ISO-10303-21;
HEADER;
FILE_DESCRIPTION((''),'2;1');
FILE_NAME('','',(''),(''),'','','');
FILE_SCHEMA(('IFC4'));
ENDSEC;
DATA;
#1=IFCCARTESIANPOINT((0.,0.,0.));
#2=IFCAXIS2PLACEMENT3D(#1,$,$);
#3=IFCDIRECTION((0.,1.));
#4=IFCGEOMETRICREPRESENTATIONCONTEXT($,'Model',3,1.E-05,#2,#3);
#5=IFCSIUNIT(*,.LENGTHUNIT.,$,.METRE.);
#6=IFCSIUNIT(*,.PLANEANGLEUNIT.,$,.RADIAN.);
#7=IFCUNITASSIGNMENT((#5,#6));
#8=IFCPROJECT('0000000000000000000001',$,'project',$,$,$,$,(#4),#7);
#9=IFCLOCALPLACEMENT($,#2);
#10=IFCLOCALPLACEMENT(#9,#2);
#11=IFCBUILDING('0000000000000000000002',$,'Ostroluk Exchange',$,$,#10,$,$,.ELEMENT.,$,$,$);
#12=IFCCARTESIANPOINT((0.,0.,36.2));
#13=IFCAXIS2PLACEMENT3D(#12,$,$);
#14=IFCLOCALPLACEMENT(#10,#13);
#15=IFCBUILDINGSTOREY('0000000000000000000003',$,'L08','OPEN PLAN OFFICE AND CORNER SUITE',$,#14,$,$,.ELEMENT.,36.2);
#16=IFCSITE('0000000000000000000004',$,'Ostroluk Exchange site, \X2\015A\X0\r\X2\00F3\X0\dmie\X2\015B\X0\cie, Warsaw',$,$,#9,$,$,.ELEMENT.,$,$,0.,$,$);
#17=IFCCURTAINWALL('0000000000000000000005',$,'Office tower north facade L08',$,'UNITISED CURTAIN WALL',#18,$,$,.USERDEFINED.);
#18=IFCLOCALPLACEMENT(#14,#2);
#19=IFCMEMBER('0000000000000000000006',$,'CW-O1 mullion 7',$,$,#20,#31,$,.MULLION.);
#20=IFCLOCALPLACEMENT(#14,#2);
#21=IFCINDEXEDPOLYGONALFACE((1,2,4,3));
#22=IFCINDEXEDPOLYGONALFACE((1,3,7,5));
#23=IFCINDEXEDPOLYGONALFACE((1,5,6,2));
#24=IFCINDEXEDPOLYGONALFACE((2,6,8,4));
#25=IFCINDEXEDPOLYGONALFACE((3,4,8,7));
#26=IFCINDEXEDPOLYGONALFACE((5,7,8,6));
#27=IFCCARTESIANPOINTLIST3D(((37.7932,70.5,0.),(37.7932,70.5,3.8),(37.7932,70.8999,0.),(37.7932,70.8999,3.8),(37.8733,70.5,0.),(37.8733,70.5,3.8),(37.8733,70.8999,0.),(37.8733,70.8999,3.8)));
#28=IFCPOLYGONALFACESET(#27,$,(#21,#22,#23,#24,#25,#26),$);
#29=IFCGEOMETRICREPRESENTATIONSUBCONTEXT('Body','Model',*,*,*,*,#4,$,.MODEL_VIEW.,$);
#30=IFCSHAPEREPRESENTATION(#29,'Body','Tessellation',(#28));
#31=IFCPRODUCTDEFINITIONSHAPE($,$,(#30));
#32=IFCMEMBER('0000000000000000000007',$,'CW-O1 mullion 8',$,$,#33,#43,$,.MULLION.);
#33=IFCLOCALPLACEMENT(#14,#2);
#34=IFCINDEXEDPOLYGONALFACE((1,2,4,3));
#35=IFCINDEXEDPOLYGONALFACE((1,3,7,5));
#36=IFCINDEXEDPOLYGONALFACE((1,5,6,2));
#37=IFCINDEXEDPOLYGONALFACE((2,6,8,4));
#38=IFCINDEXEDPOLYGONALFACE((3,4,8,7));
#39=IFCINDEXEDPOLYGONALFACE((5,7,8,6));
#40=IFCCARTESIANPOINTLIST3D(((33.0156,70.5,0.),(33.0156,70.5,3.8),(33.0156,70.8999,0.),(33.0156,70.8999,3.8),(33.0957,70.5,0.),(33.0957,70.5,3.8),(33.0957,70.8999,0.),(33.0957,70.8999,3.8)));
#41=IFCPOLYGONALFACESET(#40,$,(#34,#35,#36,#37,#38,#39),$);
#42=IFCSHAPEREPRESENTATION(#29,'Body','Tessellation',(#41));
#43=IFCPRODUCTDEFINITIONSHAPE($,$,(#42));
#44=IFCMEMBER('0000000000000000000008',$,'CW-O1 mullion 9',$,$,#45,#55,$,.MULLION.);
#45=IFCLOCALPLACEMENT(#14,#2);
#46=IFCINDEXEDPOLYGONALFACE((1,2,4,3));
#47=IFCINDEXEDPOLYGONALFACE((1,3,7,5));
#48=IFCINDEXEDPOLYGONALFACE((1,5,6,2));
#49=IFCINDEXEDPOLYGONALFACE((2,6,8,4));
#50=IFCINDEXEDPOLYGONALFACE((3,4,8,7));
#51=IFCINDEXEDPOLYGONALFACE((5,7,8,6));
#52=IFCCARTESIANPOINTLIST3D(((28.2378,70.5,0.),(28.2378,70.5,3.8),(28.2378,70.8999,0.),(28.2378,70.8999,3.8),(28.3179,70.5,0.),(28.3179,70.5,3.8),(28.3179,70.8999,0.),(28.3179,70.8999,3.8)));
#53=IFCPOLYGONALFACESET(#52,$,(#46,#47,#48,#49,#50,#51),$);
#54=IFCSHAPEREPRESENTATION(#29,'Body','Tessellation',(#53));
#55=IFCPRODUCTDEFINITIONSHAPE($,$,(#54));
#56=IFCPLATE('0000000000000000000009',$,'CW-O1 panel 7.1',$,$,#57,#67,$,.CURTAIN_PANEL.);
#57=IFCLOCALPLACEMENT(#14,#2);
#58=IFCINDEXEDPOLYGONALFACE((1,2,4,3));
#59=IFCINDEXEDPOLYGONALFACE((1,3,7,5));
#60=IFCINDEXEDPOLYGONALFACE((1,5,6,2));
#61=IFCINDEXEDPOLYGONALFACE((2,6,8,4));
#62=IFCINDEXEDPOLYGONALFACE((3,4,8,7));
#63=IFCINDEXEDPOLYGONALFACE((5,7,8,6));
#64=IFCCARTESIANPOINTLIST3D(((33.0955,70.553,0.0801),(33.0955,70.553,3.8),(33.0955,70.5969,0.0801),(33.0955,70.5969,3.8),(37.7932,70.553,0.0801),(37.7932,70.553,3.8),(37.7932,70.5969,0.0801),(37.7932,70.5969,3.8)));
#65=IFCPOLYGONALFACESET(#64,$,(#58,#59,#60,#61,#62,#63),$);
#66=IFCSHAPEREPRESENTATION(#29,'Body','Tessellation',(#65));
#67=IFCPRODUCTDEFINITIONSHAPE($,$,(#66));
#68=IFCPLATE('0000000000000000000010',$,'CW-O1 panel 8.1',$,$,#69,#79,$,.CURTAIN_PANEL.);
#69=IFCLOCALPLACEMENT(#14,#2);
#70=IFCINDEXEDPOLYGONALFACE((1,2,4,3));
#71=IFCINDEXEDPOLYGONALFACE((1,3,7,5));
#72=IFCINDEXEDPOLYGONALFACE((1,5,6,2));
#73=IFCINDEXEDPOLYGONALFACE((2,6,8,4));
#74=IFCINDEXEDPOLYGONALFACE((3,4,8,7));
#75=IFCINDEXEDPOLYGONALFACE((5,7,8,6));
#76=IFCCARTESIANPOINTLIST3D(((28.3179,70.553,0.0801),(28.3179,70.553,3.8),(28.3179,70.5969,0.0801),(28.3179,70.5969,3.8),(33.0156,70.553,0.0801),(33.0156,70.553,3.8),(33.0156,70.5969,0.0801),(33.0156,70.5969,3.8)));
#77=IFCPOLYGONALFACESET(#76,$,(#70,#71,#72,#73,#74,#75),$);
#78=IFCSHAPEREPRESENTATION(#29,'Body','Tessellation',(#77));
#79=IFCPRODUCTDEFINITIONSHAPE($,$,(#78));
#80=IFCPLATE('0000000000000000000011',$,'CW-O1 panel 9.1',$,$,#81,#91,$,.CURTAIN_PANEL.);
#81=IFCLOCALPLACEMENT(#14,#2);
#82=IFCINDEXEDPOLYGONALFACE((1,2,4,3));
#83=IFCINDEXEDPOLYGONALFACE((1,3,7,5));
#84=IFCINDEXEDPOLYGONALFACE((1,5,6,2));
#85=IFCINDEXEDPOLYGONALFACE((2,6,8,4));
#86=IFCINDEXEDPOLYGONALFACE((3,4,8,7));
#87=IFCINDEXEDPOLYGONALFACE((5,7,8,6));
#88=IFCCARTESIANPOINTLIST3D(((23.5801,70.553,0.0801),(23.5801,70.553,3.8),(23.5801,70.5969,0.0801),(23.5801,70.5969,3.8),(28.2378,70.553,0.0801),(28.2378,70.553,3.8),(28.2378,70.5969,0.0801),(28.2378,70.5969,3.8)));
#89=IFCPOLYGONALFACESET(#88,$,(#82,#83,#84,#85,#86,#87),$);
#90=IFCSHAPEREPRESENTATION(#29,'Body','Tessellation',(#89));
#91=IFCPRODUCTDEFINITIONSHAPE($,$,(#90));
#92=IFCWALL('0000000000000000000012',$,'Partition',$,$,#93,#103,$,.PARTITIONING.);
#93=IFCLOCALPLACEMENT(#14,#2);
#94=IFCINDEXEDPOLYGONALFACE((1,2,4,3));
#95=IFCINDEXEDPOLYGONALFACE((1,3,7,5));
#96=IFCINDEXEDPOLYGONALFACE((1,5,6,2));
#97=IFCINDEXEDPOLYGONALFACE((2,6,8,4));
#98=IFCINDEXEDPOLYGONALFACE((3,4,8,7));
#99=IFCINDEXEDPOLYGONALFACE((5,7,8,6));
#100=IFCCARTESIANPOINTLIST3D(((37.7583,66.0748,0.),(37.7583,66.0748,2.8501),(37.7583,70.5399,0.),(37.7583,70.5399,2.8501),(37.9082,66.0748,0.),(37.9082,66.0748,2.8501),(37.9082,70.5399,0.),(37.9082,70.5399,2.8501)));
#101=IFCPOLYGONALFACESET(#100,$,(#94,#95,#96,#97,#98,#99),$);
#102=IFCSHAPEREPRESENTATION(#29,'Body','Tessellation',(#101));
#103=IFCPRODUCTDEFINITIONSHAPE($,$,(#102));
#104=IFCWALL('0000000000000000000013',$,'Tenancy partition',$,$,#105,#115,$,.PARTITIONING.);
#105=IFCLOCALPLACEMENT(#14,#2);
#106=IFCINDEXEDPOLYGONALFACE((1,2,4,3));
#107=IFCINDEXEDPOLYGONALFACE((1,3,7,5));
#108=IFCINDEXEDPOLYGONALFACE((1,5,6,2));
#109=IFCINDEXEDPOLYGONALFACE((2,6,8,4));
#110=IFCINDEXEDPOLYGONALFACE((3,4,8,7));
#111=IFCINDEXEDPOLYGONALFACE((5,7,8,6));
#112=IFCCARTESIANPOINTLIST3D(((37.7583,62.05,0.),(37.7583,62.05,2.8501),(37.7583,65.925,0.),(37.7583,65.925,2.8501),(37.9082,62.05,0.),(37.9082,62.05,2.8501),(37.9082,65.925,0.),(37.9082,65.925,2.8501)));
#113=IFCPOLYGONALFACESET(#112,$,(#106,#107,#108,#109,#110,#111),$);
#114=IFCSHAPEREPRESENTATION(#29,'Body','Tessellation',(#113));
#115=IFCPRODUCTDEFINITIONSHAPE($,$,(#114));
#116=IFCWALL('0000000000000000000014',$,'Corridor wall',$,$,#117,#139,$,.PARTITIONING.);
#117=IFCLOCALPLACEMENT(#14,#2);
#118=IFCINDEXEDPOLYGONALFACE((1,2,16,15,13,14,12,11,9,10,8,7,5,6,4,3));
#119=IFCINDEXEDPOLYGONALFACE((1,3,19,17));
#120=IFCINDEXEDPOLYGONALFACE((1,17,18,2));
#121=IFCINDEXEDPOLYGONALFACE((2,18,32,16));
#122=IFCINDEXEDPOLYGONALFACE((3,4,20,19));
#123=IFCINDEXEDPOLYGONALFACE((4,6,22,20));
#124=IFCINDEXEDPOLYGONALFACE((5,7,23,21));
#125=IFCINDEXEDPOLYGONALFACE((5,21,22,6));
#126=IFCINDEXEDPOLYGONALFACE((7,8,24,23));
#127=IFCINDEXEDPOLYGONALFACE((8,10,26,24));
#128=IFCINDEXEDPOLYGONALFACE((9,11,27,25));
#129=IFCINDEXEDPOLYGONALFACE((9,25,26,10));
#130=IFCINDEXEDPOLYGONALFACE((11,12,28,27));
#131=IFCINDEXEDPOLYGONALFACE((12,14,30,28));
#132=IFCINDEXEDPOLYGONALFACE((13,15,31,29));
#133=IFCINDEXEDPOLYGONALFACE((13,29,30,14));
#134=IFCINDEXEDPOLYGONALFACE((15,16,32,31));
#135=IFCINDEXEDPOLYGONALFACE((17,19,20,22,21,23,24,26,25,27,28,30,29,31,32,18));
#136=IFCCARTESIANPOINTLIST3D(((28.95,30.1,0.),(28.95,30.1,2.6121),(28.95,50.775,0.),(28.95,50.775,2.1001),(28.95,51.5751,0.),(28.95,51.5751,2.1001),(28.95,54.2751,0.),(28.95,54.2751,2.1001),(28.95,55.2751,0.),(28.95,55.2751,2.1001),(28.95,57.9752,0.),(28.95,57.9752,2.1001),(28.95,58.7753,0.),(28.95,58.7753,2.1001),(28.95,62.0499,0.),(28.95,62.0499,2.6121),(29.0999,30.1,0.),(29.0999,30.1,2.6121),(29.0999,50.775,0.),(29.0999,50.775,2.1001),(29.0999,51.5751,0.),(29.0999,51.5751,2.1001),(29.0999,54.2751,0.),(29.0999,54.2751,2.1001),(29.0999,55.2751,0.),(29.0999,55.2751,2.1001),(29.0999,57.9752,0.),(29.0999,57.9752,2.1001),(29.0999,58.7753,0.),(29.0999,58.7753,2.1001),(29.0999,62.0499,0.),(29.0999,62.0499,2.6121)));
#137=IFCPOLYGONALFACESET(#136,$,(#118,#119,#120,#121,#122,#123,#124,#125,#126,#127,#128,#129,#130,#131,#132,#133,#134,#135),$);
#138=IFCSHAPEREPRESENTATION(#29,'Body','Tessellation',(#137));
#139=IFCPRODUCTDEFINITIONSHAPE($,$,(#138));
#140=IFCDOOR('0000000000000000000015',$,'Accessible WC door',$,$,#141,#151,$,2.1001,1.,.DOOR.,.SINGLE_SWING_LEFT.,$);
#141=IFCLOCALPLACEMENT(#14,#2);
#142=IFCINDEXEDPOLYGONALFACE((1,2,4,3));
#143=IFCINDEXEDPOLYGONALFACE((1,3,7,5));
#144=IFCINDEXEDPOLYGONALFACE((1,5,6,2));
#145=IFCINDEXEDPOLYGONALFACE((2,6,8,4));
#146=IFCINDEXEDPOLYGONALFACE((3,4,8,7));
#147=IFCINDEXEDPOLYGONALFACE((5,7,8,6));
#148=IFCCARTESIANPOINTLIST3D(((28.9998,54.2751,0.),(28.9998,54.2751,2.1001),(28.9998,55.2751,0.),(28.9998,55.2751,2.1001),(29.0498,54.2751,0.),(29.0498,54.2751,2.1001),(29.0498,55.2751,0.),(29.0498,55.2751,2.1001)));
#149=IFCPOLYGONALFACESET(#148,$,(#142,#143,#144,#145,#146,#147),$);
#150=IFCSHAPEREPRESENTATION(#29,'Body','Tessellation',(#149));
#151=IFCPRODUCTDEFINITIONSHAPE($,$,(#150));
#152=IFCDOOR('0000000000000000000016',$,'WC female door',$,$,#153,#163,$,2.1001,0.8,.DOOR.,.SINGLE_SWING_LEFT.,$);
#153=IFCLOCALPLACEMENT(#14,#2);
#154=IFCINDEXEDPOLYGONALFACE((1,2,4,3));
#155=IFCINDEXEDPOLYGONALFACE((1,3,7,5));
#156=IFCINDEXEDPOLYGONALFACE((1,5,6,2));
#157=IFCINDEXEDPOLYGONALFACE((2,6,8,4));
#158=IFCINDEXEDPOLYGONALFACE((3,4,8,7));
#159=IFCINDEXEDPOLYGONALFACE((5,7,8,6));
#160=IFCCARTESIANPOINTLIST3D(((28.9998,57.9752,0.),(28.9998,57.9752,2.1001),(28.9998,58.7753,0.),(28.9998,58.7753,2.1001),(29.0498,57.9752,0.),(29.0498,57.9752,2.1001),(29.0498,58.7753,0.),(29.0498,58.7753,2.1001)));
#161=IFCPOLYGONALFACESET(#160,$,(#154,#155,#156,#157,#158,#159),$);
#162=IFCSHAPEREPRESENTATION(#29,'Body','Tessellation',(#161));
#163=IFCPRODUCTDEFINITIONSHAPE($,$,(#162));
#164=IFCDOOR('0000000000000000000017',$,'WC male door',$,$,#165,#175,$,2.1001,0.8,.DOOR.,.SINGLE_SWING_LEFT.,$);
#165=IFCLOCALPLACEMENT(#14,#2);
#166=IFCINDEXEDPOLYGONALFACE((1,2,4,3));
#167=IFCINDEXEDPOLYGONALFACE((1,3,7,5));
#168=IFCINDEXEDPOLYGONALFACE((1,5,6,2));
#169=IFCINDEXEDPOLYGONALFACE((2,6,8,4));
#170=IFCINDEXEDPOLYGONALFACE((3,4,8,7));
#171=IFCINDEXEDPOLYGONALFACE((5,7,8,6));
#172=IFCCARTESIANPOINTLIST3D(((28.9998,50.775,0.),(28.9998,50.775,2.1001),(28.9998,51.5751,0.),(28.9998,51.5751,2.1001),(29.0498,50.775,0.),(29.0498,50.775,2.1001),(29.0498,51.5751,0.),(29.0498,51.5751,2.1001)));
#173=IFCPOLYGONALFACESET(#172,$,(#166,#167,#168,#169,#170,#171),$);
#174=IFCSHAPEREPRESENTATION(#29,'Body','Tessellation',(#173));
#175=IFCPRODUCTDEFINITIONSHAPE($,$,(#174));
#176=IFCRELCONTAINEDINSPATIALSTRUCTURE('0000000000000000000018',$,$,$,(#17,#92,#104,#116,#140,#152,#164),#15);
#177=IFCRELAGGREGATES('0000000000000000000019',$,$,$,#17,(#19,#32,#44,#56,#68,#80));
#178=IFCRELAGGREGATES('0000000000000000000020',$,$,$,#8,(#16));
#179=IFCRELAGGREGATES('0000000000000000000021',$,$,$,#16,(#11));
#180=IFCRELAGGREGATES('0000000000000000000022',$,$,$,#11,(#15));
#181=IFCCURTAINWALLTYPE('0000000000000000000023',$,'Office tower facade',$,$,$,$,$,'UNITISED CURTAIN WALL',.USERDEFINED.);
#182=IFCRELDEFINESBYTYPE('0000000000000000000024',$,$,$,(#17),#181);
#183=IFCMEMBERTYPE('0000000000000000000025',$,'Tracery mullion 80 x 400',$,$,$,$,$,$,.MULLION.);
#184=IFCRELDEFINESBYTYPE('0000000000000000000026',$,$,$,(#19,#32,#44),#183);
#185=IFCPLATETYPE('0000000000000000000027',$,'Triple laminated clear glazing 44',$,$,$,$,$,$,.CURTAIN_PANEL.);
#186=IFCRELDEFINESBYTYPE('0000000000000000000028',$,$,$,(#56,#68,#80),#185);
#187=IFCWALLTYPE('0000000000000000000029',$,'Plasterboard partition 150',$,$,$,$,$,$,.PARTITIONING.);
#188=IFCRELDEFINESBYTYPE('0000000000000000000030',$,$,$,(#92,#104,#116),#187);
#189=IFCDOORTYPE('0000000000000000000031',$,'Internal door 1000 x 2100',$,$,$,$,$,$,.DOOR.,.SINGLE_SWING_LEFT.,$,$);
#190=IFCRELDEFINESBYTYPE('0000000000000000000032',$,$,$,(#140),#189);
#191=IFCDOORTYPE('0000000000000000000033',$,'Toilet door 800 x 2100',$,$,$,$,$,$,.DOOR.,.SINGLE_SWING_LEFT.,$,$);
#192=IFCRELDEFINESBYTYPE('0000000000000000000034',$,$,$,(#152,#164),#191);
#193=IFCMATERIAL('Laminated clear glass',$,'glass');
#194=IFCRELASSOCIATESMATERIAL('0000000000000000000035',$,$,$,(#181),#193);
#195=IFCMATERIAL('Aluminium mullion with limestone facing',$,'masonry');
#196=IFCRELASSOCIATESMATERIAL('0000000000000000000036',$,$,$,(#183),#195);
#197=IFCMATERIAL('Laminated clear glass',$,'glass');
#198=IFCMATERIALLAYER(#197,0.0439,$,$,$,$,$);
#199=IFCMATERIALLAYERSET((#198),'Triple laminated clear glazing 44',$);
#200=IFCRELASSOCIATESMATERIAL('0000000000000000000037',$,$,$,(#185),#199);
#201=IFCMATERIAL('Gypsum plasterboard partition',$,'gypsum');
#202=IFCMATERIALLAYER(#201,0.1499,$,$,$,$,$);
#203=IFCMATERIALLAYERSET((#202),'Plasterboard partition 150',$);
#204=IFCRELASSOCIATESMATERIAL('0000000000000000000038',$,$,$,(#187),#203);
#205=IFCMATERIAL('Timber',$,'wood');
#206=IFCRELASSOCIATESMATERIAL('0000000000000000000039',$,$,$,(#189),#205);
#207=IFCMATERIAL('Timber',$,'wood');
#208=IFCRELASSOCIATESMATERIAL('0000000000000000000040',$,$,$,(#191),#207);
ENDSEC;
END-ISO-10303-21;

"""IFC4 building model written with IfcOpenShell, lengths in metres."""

from ifc_helpers import new_model, si_unit, direction, frame, frame_2d, origin, origin_2d, place, context, subcontext, project, spatial, rectangle, extrude, material, layer, layer_set, material_profile, profile_set, type_object, element, fill, aggregate, save


model = new_model("IFC4")

# Units and contexts
model_context = context("Model", 3, precision=1e-05, world=origin(), true_north=direction((0.0, 1.0)))
body_context = subcontext(model_context, "Body", "Model", "MODEL_VIEW")
ifc_project = project(units=[si_unit("LENGTHUNIT", "METRE"), si_unit("PLANEANGLEUNIT", "RADIAN")], contexts=[model_context])

# Site, building, storey
site_placement = place(None, origin())
site = spatial("IfcSite", under=ifc_project, at=site_placement, Name="Ostroluk Exchange site, Śródmieście, Warsaw", CompositionType="ELEMENT", RefElevation=0.0)
building_placement = place(site_placement, origin())
building = spatial("IfcBuilding", under=site, at=building_placement, Name="Ostroluk Exchange", CompositionType="ELEMENT")
storey_placement = place(building_placement, frame((0.0, 0.0, 36.2)))
storey = spatial("IfcBuildingStorey", under=building, at=storey_placement, Name="L08", Description="OPEN PLAN OFFICE AND CORNER SUITE", CompositionType="ELEMENT", Elevation=36.2)

# Curtain wall, members, plates
ifc_material_1 = material(Name="Laminated clear glass", Category="glass")
curtain_wall_type = type_object("IfcCurtainWallType", Name="Office tower facade", ElementType="UNITISED CURTAIN WALL", PredefinedType="USERDEFINED", material=ifc_material_1)
curtain_wall_placement = place(storey_placement, origin())
curtain_wall = element("IfcCurtainWall", 1, at=curtain_wall_placement, inside=storey, type_object=curtain_wall_type, Name="Office tower north facade L08", ObjectType="UNITISED CURTAIN WALL", PredefinedType="USERDEFINED")
ifc_material_2 = material(Name="Aluminium mullion with limestone facing", Category="masonry")
ifc_material_profile_1 = material_profile(ifc_material_2, rectangle(XDim=0.3999, YDim=0.0801, at=origin_2d()), Name="Tracery mullion 80 x 400")
ifc_profile_set_1 = profile_set([ifc_material_profile_1], Name="Aluminium mullion with limestone facing")
member_type_1 = type_object("IfcMemberType", Name="Tracery mullion 80 x 400", PredefinedType="MULLION", material=ifc_profile_set_1)
member_1_placement = place(storey_placement, frame((37.8333, 70.7, 0.0), z_axis=(0.0, 0.0, 1.0), x_axis=(0.0, -1.0, 0.0)))
member_1 = element("IfcMember", 2, at=member_1_placement, type_object=member_type_1, Name="CW-O1 mullion 7", PredefinedType="MULLION", context=body_context, shape_type="SweptSolid", body=[
    extrude(rectangle(XDim=0.3999, YDim=0.0801, at=origin_2d()), origin(), (0.0, 0.0, 1.0), 3.8),
])
member_2_placement = place(storey_placement, frame((33.0557, 70.7, 0.0), z_axis=(0.0, 0.0, 1.0), x_axis=(0.0, -1.0, 0.0)))
member_2 = element("IfcMember", 3, at=member_2_placement, type_object=member_type_1, Name="CW-O1 mullion 8", PredefinedType="MULLION", context=body_context, shape_type="SweptSolid", body=[
    extrude(rectangle(XDim=0.3999, YDim=0.0801, at=origin_2d()), origin(), (0.0, 0.0, 1.0), 3.8),
])
member_3_placement = place(storey_placement, frame((28.2778, 70.7, 0.0), z_axis=(0.0, 0.0, 1.0), x_axis=(0.0, -1.0, 0.0)))
member_3 = element("IfcMember", 4, at=member_3_placement, type_object=member_type_1, Name="CW-O1 mullion 9", PredefinedType="MULLION", context=body_context, shape_type="SweptSolid", body=[
    extrude(rectangle(XDim=0.3999, YDim=0.0801, at=origin_2d()), origin(), (0.0, 0.0, 1.0), 3.8),
])
ifc_material_3 = material(Name="Laminated clear glass", Category="glass")
ifc_layer_1 = layer(ifc_material_3, 0.0439)
ifc_layer_set_1 = layer_set([ifc_layer_1], Name="Triple laminated clear glazing 44")
plate_type = type_object("IfcPlateType", Name="Triple laminated clear glazing 44", PredefinedType="CURTAIN_PANEL", material=ifc_layer_set_1)
plate_1_placement = place(storey_placement, frame((35.4443, 70.575, 0.0801), z_axis=(0.0, 0.0, 1.0), x_axis=(-1.0, 0.0, 0.0)))
plate_1 = element("IfcPlate", 5, at=plate_1_placement, type_object=plate_type, Name="CW-O1 panel 7.1", PredefinedType="CURTAIN_PANEL", context=body_context, shape_type="SweptSolid", body=[
    extrude(rectangle(XDim=4.6978, YDim=0.0439, at=origin_2d()), origin(), (0.0, 0.0, 1.0), 3.72),
])
plate_2_placement = place(storey_placement, frame((30.6667, 70.575, 0.0801), z_axis=(0.0, 0.0, 1.0), x_axis=(-1.0, 0.0, 0.0)))
plate_2 = element("IfcPlate", 6, at=plate_2_placement, type_object=plate_type, Name="CW-O1 panel 8.1", PredefinedType="CURTAIN_PANEL", context=body_context, shape_type="SweptSolid", body=[
    extrude(rectangle(XDim=4.6978, YDim=0.0439, at=origin_2d()), origin(), (0.0, 0.0, 1.0), 3.72),
])
plate_3_placement = place(storey_placement, frame((25.9089, 70.575, 0.0801), z_axis=(0.0, 0.0, 1.0), x_axis=(-1.0, 0.0, 0.0)))
plate_3 = element("IfcPlate", 7, at=plate_3_placement, type_object=plate_type, Name="CW-O1 panel 9.1", PredefinedType="CURTAIN_PANEL", context=body_context, shape_type="SweptSolid", body=[
    extrude(rectangle(XDim=4.6577, YDim=0.0439, at=origin_2d()), origin(), (0.0, 0.0, 1.0), 3.72),
])
aggregate(curtain_wall, [member_1, member_2, member_3, plate_1, plate_2, plate_3])

# Walls
ifc_material_4 = material(Name="Gypsum plasterboard partition", Category="gypsum")
ifc_layer_2 = layer(ifc_material_4, 0.1499)
ifc_layer_set_2 = layer_set([ifc_layer_2], Name="Plasterboard partition 150")
wall_type_1 = type_object("IfcWallType", Name="Plasterboard partition 150", PredefinedType="PARTITIONING", material=ifc_layer_set_2)
wall_1_placement = place(storey_placement, frame((37.8333, 66.075, 0.0), z_axis=(0.0, 0.0, 1.0), x_axis=(0.0, 1.0, 0.0)))
element("IfcWall", 8, at=wall_1_placement, inside=storey, type_object=wall_type_1, Name="Partition", PredefinedType="PARTITIONING", context=body_context, shape_type="SweptSolid", body=[
    extrude(rectangle(XDim=4.4651, YDim=0.1499, at=frame_2d((2.2324, 0.0))), origin(), (0.0, 0.0, 1.0), 2.8501),
])
wall_2_placement = place(storey_placement, frame((37.8333, 62.05, 0.0), z_axis=(0.0, 0.0, 1.0), x_axis=(0.0, 1.0, 0.0)))
element("IfcWall", 9, at=wall_2_placement, inside=storey, type_object=wall_type_1, Name="Tenancy partition", PredefinedType="PARTITIONING", context=body_context, shape_type="SweptSolid", body=[
    extrude(rectangle(XDim=3.875, YDim=0.1499, at=frame_2d((1.9375, 0.0))), origin(), (0.0, 0.0, 1.0), 2.8501),
])

# Wall, openings, doors
wall_3_placement = place(storey_placement, frame((29.0249, 62.05, 0.0), z_axis=(0.0, 0.0, 1.0), x_axis=(0.0, -1.0, 0.0)))
wall_3 = element("IfcWall", 10, at=wall_3_placement, inside=storey, type_object=wall_type_1, Name="Corridor wall", PredefinedType="PARTITIONING", context=body_context, shape_type="SweptSolid", body=[
    extrude(rectangle(XDim=31.95, YDim=0.1499, at=frame_2d((15.9751, 0.0))), origin(), (0.0, 0.0, 1.0), 2.6121),
])
opening_1_placement = place(wall_3_placement, frame((3.2749, 0.0, 0.0)))
opening_1 = element("IfcOpeningElement", 11, at=opening_1_placement, cuts=wall_3, PredefinedType="OPENING", context=body_context, shape_type="SweptSolid", body=[
    extrude(rectangle(XDim=0.8, YDim=2.1001, at=frame_2d((0.3999, 1.05))), frame((0.0, 0.085, 0.0), z_axis=(0.0, -1.0, 0.0), x_axis=(1.0, 0.0, 0.0)), (0.0, 0.0, 1.0), 0.1699),
])
opening_2_placement = place(wall_3_placement, frame((6.7749, 0.0, 0.0)))
opening_2 = element("IfcOpeningElement", 12, at=opening_2_placement, cuts=wall_3, PredefinedType="OPENING", context=body_context, shape_type="SweptSolid", body=[
    extrude(rectangle(XDim=1.0, YDim=2.1001, at=frame_2d((0.5, 1.05))), frame((0.0, 0.085, 0.0), z_axis=(0.0, -1.0, 0.0), x_axis=(1.0, 0.0, 0.0)), (0.0, 0.0, 1.0), 0.1699),
])
opening_3_placement = place(wall_3_placement, frame((10.4751, 0.0, 0.0)))
opening_3 = element("IfcOpeningElement", 13, at=opening_3_placement, cuts=wall_3, PredefinedType="OPENING", context=body_context, shape_type="SweptSolid", body=[
    extrude(rectangle(XDim=0.8, YDim=2.1001, at=frame_2d((0.3999, 1.05))), frame((0.0, 0.085, 0.0), z_axis=(0.0, -1.0, 0.0), x_axis=(1.0, 0.0, 0.0)), (0.0, 0.0, 1.0), 0.1699),
])
ifc_material_5 = material(Name="Timber", Category="wood")
door_type_1 = type_object("IfcDoorType", Name="Internal door 1000 x 2100", OperationType="SINGLE_SWING_LEFT", PredefinedType="DOOR", material=ifc_material_5)
door_1_placement = place(opening_2_placement, origin())
door_1 = element("IfcDoor", 14, at=door_1_placement, inside=storey, type_object=door_type_1, Name="Accessible WC door", OperationType="SINGLE_SWING_LEFT", OverallHeight=2.1001, OverallWidth=1.0, PredefinedType="DOOR", context=body_context, shape_type="SweptSolid", body=[
    extrude(rectangle(XDim=1.0, YDim=2.1001, at=frame_2d((0.5, 1.05))), frame((0.0, 0.0249, 0.0), z_axis=(0.0, -1.0, 0.0), x_axis=(1.0, 0.0, 0.0)), (0.0, 0.0, 1.0), 0.05),
])
fill(opening_2, door_1)
ifc_material_6 = material(Name="Timber", Category="wood")
door_type_2 = type_object("IfcDoorType", Name="Toilet door 800 x 2100", OperationType="SINGLE_SWING_LEFT", PredefinedType="DOOR", material=ifc_material_6)
door_2_placement = place(opening_1_placement, origin())
door_2 = element("IfcDoor", 15, at=door_2_placement, inside=storey, type_object=door_type_2, Name="WC female door", OperationType="SINGLE_SWING_LEFT", OverallHeight=2.1001, OverallWidth=0.8, PredefinedType="DOOR", context=body_context, shape_type="SweptSolid", body=[
    extrude(rectangle(XDim=0.8, YDim=2.1001, at=frame_2d((0.3999, 1.05))), frame((0.0, 0.0249, 0.0), z_axis=(0.0, -1.0, 0.0), x_axis=(1.0, 0.0, 0.0)), (0.0, 0.0, 1.0), 0.05),
])
fill(opening_1, door_2)
door_3_placement = place(opening_3_placement, origin())
door_3 = element("IfcDoor", 16, at=door_3_placement, inside=storey, type_object=door_type_2, Name="WC male door", OperationType="SINGLE_SWING_LEFT", OverallHeight=2.1001, OverallWidth=0.8, PredefinedType="DOOR", context=body_context, shape_type="SweptSolid", body=[
    extrude(rectangle(XDim=0.8, YDim=2.1001, at=frame_2d((0.3999, 1.05))), frame((0.0, 0.0249, 0.0), z_axis=(0.0, -1.0, 0.0), x_axis=(1.0, 0.0, 0.0)), (0.0, 0.0, 1.0), 0.05),
])
fill(opening_3, door_3)

save(model, "model.ifc")
